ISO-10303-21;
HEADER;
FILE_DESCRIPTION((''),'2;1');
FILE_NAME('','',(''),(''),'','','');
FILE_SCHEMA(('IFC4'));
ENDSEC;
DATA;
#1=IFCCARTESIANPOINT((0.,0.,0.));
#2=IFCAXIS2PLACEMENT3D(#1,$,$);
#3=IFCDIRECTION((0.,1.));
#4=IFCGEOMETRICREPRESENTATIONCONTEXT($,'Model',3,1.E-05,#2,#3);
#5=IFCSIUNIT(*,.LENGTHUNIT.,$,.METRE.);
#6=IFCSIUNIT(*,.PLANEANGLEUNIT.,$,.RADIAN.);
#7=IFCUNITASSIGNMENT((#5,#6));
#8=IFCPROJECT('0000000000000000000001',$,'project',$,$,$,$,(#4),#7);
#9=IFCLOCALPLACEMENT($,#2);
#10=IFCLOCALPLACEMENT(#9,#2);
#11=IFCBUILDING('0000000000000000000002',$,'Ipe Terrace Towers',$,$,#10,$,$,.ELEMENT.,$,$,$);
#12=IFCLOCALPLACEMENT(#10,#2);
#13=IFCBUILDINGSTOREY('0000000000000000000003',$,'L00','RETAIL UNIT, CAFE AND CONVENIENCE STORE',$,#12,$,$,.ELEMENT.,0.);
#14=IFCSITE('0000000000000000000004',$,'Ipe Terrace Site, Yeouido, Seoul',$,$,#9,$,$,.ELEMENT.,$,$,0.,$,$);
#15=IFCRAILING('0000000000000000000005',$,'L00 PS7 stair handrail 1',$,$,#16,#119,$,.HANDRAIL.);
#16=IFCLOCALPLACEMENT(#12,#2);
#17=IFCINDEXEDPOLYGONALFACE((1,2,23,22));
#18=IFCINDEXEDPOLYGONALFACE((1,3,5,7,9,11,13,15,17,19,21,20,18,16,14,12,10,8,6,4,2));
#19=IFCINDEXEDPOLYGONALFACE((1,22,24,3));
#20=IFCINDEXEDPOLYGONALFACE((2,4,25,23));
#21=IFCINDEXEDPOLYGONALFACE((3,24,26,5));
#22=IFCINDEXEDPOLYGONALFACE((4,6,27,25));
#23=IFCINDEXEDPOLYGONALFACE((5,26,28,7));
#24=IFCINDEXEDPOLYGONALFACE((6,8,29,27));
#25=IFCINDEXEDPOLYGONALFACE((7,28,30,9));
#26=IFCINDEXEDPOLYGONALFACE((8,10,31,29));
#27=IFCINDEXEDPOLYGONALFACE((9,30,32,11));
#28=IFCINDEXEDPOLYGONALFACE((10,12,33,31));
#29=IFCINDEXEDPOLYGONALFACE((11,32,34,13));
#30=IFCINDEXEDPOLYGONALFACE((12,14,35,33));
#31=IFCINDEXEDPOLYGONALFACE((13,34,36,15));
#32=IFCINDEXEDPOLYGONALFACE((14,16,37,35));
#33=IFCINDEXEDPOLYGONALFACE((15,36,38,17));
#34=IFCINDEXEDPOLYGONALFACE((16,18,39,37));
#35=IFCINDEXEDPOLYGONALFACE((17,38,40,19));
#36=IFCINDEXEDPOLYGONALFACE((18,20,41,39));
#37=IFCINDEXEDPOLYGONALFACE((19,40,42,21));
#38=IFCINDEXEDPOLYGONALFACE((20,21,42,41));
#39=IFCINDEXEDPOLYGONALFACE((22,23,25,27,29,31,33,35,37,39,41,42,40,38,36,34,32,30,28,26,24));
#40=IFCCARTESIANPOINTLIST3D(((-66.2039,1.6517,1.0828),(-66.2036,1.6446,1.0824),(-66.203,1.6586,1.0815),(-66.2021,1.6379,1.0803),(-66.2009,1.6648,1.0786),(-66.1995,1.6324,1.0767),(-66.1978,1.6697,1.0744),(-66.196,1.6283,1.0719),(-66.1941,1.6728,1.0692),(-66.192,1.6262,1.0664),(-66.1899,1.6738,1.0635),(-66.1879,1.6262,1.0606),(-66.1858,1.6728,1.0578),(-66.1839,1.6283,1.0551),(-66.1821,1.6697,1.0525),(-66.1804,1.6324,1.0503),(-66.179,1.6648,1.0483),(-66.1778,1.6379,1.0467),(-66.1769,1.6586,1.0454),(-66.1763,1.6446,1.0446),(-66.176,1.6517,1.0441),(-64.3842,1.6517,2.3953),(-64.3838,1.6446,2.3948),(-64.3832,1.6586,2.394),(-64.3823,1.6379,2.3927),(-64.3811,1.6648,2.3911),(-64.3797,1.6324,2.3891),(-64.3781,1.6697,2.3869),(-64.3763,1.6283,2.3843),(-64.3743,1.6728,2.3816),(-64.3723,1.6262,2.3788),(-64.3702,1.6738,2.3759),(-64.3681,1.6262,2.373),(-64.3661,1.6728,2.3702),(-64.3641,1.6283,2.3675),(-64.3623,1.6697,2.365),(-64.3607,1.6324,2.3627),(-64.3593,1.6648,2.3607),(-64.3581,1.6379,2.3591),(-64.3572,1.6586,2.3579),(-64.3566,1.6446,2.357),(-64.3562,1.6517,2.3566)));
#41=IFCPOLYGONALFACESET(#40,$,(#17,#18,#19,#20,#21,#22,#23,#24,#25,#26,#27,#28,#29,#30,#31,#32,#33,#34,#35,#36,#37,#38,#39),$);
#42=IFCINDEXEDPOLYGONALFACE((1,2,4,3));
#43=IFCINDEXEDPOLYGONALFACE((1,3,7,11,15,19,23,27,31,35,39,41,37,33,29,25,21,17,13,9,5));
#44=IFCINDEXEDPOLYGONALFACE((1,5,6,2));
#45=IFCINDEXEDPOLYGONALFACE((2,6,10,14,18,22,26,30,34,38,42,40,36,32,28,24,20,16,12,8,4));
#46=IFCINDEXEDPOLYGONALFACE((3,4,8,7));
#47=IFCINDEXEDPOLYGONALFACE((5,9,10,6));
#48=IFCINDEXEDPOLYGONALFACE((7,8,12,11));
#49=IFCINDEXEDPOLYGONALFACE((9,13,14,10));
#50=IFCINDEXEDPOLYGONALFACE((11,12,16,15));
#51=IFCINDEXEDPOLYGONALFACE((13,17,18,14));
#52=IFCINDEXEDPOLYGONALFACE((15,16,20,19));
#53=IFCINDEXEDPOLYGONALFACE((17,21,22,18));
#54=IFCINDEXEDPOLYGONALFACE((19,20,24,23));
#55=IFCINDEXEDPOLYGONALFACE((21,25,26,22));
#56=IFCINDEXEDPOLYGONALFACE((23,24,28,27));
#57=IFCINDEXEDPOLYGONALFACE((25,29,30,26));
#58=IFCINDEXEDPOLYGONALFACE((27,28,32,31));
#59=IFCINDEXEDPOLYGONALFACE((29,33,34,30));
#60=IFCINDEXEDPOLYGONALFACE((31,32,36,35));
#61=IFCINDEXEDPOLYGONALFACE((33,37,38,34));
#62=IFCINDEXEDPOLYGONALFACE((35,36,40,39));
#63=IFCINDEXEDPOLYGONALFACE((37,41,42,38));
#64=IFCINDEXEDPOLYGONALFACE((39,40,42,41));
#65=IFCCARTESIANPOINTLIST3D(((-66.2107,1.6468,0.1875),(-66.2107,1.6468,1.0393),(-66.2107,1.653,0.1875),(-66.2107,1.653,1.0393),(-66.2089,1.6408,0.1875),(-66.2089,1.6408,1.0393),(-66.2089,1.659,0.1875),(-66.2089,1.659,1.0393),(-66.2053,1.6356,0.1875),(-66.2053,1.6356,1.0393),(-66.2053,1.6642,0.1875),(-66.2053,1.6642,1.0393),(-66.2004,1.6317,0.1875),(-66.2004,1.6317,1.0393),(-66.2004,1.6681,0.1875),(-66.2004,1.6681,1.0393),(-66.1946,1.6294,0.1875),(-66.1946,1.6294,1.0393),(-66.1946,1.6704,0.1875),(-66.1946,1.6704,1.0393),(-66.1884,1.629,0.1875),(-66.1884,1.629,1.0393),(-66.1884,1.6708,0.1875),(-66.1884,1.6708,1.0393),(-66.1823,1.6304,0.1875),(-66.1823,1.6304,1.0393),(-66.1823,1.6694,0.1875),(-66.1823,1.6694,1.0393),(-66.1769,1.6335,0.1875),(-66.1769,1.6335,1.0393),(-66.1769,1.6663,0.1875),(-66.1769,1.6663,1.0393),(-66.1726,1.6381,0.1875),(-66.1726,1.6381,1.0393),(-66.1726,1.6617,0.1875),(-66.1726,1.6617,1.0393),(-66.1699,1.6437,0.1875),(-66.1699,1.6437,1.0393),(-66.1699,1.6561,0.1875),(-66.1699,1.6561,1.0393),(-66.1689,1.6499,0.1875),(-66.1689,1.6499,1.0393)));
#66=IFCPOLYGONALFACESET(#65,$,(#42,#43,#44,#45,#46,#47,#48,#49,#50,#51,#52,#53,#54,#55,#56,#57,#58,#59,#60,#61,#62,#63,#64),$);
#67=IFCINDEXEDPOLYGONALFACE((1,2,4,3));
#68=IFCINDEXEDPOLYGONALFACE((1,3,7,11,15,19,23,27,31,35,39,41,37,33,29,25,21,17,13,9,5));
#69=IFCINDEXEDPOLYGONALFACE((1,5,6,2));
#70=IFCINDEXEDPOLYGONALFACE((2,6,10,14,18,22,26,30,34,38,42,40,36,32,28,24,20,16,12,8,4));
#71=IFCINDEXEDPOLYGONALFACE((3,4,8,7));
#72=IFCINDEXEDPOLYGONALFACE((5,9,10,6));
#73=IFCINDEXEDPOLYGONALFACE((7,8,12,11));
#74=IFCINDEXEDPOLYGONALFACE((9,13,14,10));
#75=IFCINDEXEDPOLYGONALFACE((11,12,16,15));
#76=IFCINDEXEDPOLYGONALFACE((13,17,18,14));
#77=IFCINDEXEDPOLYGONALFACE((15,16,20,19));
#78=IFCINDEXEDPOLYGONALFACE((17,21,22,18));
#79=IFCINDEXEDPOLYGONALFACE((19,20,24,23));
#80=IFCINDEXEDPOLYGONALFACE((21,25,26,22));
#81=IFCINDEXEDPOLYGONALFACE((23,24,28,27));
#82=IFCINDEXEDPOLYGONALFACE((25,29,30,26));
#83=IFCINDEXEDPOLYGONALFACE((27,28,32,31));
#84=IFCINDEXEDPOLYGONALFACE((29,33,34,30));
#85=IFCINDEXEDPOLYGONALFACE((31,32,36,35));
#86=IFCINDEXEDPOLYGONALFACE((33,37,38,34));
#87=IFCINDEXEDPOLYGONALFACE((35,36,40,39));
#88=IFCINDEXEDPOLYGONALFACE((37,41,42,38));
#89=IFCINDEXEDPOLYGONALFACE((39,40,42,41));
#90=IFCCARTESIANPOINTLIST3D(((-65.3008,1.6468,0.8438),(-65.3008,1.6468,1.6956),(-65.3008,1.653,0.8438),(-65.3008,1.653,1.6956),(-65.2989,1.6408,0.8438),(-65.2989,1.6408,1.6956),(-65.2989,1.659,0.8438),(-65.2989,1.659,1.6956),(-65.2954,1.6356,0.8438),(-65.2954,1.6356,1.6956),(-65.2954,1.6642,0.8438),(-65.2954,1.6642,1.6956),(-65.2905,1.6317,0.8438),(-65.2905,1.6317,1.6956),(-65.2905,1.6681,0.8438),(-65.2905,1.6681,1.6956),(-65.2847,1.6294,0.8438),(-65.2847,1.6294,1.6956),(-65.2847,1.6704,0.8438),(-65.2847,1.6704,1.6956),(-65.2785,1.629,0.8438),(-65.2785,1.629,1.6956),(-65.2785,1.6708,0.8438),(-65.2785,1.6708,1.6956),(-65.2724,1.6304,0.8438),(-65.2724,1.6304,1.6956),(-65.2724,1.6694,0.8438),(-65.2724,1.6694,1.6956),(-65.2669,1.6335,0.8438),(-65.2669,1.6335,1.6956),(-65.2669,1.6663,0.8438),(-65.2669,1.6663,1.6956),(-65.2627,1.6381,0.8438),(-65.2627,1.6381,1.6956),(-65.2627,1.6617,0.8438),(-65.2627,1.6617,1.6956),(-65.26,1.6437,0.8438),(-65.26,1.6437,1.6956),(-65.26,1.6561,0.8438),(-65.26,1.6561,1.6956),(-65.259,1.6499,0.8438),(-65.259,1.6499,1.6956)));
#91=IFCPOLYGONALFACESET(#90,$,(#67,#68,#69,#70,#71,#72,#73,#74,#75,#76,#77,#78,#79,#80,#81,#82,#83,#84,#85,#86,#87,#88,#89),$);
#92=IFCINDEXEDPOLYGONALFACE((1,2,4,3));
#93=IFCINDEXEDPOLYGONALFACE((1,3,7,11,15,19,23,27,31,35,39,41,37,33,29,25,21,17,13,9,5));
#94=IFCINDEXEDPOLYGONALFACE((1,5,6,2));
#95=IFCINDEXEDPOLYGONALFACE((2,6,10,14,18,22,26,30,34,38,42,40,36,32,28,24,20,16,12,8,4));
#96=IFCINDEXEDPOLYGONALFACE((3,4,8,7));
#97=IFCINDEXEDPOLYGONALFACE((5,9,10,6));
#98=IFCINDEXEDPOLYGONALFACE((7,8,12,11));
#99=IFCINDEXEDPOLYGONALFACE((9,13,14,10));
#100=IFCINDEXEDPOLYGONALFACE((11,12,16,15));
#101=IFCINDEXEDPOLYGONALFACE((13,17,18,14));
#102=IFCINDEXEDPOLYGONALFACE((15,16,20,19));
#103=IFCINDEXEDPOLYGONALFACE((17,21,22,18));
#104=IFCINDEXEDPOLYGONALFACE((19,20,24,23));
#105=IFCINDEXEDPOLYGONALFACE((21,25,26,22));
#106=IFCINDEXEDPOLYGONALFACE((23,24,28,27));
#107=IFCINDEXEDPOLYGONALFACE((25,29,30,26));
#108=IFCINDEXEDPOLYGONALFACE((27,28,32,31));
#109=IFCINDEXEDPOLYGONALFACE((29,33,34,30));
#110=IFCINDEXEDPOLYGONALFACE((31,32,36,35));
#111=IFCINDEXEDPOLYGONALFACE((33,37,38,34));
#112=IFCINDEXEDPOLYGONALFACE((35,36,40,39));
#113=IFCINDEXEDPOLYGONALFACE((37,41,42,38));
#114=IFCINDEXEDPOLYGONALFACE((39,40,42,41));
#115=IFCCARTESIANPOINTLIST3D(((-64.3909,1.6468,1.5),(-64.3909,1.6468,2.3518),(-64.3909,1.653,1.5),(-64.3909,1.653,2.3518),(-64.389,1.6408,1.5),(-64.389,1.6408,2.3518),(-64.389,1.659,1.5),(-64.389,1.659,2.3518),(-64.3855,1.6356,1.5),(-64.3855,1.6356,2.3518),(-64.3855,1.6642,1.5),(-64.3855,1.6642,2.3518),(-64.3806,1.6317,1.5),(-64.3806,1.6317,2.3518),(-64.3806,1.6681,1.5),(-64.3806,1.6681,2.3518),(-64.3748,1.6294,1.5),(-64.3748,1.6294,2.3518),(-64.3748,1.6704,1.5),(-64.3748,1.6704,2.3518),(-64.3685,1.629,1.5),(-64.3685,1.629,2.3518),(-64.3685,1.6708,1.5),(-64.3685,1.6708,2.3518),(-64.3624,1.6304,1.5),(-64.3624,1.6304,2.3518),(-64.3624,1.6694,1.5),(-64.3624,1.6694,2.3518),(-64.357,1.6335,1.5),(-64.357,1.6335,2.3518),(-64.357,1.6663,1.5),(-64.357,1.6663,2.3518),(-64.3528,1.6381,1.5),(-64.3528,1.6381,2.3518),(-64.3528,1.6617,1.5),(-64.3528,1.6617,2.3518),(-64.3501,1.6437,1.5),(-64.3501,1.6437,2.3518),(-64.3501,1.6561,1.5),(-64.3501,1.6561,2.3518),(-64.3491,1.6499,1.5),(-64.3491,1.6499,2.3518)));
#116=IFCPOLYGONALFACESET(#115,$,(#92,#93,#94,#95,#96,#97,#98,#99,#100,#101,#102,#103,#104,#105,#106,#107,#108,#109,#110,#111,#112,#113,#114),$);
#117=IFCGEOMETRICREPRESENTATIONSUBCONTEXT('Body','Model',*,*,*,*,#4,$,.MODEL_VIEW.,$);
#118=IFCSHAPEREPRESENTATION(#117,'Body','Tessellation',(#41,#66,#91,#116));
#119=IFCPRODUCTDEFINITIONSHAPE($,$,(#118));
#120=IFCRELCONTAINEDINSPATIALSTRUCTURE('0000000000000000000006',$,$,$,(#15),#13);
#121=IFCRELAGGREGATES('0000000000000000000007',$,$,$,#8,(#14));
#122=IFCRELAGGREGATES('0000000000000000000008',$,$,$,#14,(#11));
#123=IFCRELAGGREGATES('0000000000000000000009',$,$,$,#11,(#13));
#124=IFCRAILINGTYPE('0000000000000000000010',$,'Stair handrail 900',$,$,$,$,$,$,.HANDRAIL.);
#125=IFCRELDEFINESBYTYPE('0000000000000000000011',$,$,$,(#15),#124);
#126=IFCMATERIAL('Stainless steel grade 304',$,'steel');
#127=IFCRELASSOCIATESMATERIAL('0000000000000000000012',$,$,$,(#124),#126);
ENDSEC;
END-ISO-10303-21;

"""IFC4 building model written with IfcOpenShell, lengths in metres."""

from ifc_helpers import new_model, si_unit, direction, frame, origin, origin_2d, place, context, subcontext, project, spatial, circle, extrude, material, type_object, element, save


model = new_model("IFC4")

# Units and contexts
model_context = context("Model", 3, precision=1e-05, world=origin(), true_north=direction((0.0, 1.0)))
body_context = subcontext(model_context, "Body", "Model", "MODEL_VIEW")
ifc_project = project(units=[si_unit("LENGTHUNIT", "METRE"), si_unit("PLANEANGLEUNIT", "RADIAN")], contexts=[model_context])

# Site, building, storey
site_placement = place(None, origin())
site = spatial("IfcSite", under=ifc_project, at=site_placement, Name="Ipe Terrace Site, Yeouido, Seoul", CompositionType="ELEMENT", RefElevation=0.0)
building_placement = place(site_placement, origin())
building = spatial("IfcBuilding", under=site, at=building_placement, Name="Ipe Terrace Towers", CompositionType="ELEMENT")
storey_placement = place(building_placement, origin())
storey = spatial("IfcBuildingStorey", under=building, at=storey_placement, Name="L00", Description="RETAIL UNIT, CAFE AND CONVENIENCE STORE", CompositionType="ELEMENT", Elevation=0.0)

# Railing
ifc_material_1 = material(Name="Stainless steel grade 304", Category="steel")
railing_type_1 = type_object("IfcRailingType", Name="Stair handrail 900", PredefinedType="HANDRAIL", material=ifc_material_1)
railing_1_placement = place(storey_placement, frame((-66.1899, 1.6499, 0.1875)))
element("IfcRailing", 1, at=railing_1_placement, inside=storey, type_object=railing_type_1, Name="L00 PS7 stair handrail 1", PredefinedType="HANDRAIL", context=body_context, shape_type="SweptSolid", body=[
    extrude(circle(Radius=0.0239, at=origin_2d()), frame((0.0, 0.0, 0.876), z_axis=(0.811064, 0.0, 0.584958), x_axis=(0.0, 1.0, 0.0)), (0.0, 0.0, 1.0), 2.2437),
    extrude(circle(Radius=0.021, at=origin_2d()), origin(), (0.0, 0.0, 1.0), 0.8518),
    extrude(circle(Radius=0.021, at=origin_2d()), frame((0.9099, 0.0, 0.6562)), (0.0, 0.0, 1.0), 0.8518),
    extrude(circle(Radius=0.021, at=origin_2d()), frame((1.8198, 0.0, 1.3125)), (0.0, 0.0, 1.0), 0.8518),
])

save(model, "model.ifc")
